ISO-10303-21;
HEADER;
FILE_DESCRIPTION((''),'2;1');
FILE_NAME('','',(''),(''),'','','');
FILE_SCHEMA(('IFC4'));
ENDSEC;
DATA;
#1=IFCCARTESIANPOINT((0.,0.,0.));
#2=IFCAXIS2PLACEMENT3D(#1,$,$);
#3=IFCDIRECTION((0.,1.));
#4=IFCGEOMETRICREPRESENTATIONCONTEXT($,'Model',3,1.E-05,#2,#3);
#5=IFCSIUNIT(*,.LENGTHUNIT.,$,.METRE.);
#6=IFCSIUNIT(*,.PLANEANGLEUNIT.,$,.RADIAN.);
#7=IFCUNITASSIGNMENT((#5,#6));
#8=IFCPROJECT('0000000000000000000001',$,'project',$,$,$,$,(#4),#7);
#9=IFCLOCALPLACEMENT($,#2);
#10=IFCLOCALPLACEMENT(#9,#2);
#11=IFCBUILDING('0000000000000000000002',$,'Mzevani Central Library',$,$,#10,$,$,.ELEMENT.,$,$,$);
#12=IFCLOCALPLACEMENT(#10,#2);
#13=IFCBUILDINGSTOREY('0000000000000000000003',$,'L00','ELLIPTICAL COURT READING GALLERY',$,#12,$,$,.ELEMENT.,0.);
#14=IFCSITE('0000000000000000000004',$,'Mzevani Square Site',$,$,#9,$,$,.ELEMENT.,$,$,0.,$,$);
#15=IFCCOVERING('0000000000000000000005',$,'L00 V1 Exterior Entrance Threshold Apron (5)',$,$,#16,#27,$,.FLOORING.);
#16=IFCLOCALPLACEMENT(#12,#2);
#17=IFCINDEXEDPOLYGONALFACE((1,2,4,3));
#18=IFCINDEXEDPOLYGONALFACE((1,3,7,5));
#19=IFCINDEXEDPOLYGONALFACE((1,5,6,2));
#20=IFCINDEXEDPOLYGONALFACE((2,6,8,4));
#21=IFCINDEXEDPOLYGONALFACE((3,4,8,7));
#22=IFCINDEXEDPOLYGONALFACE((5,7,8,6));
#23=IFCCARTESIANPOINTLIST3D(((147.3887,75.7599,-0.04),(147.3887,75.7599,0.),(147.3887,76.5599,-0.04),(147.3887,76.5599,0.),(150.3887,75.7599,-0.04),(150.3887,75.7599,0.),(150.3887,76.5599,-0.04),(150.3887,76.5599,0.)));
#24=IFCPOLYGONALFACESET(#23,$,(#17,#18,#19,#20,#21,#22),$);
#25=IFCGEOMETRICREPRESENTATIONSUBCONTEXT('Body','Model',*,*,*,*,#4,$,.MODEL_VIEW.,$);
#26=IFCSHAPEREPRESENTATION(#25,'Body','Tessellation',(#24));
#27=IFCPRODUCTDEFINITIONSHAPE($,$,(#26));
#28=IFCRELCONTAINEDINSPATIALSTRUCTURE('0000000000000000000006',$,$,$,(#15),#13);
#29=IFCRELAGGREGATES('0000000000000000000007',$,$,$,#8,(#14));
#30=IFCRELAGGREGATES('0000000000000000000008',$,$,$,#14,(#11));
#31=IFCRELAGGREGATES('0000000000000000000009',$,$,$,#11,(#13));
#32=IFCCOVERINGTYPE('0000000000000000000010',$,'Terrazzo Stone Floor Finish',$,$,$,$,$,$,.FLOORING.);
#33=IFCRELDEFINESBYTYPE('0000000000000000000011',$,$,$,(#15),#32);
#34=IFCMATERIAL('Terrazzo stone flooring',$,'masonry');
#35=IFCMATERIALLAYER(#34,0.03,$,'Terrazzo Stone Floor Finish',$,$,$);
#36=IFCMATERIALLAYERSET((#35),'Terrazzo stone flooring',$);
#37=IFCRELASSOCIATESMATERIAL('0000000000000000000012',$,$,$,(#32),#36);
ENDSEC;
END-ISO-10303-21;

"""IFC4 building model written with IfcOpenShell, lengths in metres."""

from ifc_helpers import new_model, si_unit, direction, frame, origin, origin_2d, place, context, subcontext, project, spatial, rectangle, extrude, material, layer, layer_set, type_object, element, save


model = new_model("IFC4")

# Units and contexts
model_context = context("Model", 3, precision=1e-05, world=origin(), true_north=direction((0.0, 1.0)))
body_context = subcontext(model_context, "Body", "Model", "MODEL_VIEW")
ifc_project = project(units=[si_unit("LENGTHUNIT", "METRE"), si_unit("PLANEANGLEUNIT", "RADIAN")], contexts=[model_context])

# Site, building, storey
site_placement = place(None, origin())
site = spatial("IfcSite", under=ifc_project, at=site_placement, Name="Mzevani Square Site", CompositionType="ELEMENT", RefElevation=0.0)
building_placement = place(site_placement, origin())
building = spatial("IfcBuilding", under=site, at=building_placement, Name="Mzevani Central Library", CompositionType="ELEMENT")
storey_placement = place(building_placement, origin())
storey = spatial("IfcBuildingStorey", under=building, at=storey_placement, Name="L00", Description="ELLIPTICAL COURT READING GALLERY", CompositionType="ELEMENT", Elevation=0.0)

# Covering
ifc_material_1 = material(Name="Terrazzo stone flooring", Category="masonry")
ifc_layer_1 = layer(ifc_material_1, 0.03, Name="Terrazzo Stone Floor Finish")
ifc_layer_set_1 = layer_set([ifc_layer_1], Name="Terrazzo stone flooring")
covering_type_1 = type_object("IfcCoveringType", Name="Terrazzo Stone Floor Finish", PredefinedType="FLOORING", material=ifc_layer_set_1)
covering_1_placement = place(storey_placement, frame((148.8887, 76.1599, -0.04), z_axis=(0.0, 0.0, 1.0), x_axis=(1.0, 0.0, 0.0)))
element("IfcCovering", 1, at=covering_1_placement, inside=storey, type_object=covering_type_1, Name="L00 V1 Exterior Entrance Threshold Apron (5)", PredefinedType="FLOORING", context=body_context, shape_type="SweptSolid", body=[
    extrude(rectangle(XDim=3.0, YDim=0.8, at=origin_2d()), origin(), (0.0, 0.0, 1.0), 0.04),
])

save(model, "model.ifc")
